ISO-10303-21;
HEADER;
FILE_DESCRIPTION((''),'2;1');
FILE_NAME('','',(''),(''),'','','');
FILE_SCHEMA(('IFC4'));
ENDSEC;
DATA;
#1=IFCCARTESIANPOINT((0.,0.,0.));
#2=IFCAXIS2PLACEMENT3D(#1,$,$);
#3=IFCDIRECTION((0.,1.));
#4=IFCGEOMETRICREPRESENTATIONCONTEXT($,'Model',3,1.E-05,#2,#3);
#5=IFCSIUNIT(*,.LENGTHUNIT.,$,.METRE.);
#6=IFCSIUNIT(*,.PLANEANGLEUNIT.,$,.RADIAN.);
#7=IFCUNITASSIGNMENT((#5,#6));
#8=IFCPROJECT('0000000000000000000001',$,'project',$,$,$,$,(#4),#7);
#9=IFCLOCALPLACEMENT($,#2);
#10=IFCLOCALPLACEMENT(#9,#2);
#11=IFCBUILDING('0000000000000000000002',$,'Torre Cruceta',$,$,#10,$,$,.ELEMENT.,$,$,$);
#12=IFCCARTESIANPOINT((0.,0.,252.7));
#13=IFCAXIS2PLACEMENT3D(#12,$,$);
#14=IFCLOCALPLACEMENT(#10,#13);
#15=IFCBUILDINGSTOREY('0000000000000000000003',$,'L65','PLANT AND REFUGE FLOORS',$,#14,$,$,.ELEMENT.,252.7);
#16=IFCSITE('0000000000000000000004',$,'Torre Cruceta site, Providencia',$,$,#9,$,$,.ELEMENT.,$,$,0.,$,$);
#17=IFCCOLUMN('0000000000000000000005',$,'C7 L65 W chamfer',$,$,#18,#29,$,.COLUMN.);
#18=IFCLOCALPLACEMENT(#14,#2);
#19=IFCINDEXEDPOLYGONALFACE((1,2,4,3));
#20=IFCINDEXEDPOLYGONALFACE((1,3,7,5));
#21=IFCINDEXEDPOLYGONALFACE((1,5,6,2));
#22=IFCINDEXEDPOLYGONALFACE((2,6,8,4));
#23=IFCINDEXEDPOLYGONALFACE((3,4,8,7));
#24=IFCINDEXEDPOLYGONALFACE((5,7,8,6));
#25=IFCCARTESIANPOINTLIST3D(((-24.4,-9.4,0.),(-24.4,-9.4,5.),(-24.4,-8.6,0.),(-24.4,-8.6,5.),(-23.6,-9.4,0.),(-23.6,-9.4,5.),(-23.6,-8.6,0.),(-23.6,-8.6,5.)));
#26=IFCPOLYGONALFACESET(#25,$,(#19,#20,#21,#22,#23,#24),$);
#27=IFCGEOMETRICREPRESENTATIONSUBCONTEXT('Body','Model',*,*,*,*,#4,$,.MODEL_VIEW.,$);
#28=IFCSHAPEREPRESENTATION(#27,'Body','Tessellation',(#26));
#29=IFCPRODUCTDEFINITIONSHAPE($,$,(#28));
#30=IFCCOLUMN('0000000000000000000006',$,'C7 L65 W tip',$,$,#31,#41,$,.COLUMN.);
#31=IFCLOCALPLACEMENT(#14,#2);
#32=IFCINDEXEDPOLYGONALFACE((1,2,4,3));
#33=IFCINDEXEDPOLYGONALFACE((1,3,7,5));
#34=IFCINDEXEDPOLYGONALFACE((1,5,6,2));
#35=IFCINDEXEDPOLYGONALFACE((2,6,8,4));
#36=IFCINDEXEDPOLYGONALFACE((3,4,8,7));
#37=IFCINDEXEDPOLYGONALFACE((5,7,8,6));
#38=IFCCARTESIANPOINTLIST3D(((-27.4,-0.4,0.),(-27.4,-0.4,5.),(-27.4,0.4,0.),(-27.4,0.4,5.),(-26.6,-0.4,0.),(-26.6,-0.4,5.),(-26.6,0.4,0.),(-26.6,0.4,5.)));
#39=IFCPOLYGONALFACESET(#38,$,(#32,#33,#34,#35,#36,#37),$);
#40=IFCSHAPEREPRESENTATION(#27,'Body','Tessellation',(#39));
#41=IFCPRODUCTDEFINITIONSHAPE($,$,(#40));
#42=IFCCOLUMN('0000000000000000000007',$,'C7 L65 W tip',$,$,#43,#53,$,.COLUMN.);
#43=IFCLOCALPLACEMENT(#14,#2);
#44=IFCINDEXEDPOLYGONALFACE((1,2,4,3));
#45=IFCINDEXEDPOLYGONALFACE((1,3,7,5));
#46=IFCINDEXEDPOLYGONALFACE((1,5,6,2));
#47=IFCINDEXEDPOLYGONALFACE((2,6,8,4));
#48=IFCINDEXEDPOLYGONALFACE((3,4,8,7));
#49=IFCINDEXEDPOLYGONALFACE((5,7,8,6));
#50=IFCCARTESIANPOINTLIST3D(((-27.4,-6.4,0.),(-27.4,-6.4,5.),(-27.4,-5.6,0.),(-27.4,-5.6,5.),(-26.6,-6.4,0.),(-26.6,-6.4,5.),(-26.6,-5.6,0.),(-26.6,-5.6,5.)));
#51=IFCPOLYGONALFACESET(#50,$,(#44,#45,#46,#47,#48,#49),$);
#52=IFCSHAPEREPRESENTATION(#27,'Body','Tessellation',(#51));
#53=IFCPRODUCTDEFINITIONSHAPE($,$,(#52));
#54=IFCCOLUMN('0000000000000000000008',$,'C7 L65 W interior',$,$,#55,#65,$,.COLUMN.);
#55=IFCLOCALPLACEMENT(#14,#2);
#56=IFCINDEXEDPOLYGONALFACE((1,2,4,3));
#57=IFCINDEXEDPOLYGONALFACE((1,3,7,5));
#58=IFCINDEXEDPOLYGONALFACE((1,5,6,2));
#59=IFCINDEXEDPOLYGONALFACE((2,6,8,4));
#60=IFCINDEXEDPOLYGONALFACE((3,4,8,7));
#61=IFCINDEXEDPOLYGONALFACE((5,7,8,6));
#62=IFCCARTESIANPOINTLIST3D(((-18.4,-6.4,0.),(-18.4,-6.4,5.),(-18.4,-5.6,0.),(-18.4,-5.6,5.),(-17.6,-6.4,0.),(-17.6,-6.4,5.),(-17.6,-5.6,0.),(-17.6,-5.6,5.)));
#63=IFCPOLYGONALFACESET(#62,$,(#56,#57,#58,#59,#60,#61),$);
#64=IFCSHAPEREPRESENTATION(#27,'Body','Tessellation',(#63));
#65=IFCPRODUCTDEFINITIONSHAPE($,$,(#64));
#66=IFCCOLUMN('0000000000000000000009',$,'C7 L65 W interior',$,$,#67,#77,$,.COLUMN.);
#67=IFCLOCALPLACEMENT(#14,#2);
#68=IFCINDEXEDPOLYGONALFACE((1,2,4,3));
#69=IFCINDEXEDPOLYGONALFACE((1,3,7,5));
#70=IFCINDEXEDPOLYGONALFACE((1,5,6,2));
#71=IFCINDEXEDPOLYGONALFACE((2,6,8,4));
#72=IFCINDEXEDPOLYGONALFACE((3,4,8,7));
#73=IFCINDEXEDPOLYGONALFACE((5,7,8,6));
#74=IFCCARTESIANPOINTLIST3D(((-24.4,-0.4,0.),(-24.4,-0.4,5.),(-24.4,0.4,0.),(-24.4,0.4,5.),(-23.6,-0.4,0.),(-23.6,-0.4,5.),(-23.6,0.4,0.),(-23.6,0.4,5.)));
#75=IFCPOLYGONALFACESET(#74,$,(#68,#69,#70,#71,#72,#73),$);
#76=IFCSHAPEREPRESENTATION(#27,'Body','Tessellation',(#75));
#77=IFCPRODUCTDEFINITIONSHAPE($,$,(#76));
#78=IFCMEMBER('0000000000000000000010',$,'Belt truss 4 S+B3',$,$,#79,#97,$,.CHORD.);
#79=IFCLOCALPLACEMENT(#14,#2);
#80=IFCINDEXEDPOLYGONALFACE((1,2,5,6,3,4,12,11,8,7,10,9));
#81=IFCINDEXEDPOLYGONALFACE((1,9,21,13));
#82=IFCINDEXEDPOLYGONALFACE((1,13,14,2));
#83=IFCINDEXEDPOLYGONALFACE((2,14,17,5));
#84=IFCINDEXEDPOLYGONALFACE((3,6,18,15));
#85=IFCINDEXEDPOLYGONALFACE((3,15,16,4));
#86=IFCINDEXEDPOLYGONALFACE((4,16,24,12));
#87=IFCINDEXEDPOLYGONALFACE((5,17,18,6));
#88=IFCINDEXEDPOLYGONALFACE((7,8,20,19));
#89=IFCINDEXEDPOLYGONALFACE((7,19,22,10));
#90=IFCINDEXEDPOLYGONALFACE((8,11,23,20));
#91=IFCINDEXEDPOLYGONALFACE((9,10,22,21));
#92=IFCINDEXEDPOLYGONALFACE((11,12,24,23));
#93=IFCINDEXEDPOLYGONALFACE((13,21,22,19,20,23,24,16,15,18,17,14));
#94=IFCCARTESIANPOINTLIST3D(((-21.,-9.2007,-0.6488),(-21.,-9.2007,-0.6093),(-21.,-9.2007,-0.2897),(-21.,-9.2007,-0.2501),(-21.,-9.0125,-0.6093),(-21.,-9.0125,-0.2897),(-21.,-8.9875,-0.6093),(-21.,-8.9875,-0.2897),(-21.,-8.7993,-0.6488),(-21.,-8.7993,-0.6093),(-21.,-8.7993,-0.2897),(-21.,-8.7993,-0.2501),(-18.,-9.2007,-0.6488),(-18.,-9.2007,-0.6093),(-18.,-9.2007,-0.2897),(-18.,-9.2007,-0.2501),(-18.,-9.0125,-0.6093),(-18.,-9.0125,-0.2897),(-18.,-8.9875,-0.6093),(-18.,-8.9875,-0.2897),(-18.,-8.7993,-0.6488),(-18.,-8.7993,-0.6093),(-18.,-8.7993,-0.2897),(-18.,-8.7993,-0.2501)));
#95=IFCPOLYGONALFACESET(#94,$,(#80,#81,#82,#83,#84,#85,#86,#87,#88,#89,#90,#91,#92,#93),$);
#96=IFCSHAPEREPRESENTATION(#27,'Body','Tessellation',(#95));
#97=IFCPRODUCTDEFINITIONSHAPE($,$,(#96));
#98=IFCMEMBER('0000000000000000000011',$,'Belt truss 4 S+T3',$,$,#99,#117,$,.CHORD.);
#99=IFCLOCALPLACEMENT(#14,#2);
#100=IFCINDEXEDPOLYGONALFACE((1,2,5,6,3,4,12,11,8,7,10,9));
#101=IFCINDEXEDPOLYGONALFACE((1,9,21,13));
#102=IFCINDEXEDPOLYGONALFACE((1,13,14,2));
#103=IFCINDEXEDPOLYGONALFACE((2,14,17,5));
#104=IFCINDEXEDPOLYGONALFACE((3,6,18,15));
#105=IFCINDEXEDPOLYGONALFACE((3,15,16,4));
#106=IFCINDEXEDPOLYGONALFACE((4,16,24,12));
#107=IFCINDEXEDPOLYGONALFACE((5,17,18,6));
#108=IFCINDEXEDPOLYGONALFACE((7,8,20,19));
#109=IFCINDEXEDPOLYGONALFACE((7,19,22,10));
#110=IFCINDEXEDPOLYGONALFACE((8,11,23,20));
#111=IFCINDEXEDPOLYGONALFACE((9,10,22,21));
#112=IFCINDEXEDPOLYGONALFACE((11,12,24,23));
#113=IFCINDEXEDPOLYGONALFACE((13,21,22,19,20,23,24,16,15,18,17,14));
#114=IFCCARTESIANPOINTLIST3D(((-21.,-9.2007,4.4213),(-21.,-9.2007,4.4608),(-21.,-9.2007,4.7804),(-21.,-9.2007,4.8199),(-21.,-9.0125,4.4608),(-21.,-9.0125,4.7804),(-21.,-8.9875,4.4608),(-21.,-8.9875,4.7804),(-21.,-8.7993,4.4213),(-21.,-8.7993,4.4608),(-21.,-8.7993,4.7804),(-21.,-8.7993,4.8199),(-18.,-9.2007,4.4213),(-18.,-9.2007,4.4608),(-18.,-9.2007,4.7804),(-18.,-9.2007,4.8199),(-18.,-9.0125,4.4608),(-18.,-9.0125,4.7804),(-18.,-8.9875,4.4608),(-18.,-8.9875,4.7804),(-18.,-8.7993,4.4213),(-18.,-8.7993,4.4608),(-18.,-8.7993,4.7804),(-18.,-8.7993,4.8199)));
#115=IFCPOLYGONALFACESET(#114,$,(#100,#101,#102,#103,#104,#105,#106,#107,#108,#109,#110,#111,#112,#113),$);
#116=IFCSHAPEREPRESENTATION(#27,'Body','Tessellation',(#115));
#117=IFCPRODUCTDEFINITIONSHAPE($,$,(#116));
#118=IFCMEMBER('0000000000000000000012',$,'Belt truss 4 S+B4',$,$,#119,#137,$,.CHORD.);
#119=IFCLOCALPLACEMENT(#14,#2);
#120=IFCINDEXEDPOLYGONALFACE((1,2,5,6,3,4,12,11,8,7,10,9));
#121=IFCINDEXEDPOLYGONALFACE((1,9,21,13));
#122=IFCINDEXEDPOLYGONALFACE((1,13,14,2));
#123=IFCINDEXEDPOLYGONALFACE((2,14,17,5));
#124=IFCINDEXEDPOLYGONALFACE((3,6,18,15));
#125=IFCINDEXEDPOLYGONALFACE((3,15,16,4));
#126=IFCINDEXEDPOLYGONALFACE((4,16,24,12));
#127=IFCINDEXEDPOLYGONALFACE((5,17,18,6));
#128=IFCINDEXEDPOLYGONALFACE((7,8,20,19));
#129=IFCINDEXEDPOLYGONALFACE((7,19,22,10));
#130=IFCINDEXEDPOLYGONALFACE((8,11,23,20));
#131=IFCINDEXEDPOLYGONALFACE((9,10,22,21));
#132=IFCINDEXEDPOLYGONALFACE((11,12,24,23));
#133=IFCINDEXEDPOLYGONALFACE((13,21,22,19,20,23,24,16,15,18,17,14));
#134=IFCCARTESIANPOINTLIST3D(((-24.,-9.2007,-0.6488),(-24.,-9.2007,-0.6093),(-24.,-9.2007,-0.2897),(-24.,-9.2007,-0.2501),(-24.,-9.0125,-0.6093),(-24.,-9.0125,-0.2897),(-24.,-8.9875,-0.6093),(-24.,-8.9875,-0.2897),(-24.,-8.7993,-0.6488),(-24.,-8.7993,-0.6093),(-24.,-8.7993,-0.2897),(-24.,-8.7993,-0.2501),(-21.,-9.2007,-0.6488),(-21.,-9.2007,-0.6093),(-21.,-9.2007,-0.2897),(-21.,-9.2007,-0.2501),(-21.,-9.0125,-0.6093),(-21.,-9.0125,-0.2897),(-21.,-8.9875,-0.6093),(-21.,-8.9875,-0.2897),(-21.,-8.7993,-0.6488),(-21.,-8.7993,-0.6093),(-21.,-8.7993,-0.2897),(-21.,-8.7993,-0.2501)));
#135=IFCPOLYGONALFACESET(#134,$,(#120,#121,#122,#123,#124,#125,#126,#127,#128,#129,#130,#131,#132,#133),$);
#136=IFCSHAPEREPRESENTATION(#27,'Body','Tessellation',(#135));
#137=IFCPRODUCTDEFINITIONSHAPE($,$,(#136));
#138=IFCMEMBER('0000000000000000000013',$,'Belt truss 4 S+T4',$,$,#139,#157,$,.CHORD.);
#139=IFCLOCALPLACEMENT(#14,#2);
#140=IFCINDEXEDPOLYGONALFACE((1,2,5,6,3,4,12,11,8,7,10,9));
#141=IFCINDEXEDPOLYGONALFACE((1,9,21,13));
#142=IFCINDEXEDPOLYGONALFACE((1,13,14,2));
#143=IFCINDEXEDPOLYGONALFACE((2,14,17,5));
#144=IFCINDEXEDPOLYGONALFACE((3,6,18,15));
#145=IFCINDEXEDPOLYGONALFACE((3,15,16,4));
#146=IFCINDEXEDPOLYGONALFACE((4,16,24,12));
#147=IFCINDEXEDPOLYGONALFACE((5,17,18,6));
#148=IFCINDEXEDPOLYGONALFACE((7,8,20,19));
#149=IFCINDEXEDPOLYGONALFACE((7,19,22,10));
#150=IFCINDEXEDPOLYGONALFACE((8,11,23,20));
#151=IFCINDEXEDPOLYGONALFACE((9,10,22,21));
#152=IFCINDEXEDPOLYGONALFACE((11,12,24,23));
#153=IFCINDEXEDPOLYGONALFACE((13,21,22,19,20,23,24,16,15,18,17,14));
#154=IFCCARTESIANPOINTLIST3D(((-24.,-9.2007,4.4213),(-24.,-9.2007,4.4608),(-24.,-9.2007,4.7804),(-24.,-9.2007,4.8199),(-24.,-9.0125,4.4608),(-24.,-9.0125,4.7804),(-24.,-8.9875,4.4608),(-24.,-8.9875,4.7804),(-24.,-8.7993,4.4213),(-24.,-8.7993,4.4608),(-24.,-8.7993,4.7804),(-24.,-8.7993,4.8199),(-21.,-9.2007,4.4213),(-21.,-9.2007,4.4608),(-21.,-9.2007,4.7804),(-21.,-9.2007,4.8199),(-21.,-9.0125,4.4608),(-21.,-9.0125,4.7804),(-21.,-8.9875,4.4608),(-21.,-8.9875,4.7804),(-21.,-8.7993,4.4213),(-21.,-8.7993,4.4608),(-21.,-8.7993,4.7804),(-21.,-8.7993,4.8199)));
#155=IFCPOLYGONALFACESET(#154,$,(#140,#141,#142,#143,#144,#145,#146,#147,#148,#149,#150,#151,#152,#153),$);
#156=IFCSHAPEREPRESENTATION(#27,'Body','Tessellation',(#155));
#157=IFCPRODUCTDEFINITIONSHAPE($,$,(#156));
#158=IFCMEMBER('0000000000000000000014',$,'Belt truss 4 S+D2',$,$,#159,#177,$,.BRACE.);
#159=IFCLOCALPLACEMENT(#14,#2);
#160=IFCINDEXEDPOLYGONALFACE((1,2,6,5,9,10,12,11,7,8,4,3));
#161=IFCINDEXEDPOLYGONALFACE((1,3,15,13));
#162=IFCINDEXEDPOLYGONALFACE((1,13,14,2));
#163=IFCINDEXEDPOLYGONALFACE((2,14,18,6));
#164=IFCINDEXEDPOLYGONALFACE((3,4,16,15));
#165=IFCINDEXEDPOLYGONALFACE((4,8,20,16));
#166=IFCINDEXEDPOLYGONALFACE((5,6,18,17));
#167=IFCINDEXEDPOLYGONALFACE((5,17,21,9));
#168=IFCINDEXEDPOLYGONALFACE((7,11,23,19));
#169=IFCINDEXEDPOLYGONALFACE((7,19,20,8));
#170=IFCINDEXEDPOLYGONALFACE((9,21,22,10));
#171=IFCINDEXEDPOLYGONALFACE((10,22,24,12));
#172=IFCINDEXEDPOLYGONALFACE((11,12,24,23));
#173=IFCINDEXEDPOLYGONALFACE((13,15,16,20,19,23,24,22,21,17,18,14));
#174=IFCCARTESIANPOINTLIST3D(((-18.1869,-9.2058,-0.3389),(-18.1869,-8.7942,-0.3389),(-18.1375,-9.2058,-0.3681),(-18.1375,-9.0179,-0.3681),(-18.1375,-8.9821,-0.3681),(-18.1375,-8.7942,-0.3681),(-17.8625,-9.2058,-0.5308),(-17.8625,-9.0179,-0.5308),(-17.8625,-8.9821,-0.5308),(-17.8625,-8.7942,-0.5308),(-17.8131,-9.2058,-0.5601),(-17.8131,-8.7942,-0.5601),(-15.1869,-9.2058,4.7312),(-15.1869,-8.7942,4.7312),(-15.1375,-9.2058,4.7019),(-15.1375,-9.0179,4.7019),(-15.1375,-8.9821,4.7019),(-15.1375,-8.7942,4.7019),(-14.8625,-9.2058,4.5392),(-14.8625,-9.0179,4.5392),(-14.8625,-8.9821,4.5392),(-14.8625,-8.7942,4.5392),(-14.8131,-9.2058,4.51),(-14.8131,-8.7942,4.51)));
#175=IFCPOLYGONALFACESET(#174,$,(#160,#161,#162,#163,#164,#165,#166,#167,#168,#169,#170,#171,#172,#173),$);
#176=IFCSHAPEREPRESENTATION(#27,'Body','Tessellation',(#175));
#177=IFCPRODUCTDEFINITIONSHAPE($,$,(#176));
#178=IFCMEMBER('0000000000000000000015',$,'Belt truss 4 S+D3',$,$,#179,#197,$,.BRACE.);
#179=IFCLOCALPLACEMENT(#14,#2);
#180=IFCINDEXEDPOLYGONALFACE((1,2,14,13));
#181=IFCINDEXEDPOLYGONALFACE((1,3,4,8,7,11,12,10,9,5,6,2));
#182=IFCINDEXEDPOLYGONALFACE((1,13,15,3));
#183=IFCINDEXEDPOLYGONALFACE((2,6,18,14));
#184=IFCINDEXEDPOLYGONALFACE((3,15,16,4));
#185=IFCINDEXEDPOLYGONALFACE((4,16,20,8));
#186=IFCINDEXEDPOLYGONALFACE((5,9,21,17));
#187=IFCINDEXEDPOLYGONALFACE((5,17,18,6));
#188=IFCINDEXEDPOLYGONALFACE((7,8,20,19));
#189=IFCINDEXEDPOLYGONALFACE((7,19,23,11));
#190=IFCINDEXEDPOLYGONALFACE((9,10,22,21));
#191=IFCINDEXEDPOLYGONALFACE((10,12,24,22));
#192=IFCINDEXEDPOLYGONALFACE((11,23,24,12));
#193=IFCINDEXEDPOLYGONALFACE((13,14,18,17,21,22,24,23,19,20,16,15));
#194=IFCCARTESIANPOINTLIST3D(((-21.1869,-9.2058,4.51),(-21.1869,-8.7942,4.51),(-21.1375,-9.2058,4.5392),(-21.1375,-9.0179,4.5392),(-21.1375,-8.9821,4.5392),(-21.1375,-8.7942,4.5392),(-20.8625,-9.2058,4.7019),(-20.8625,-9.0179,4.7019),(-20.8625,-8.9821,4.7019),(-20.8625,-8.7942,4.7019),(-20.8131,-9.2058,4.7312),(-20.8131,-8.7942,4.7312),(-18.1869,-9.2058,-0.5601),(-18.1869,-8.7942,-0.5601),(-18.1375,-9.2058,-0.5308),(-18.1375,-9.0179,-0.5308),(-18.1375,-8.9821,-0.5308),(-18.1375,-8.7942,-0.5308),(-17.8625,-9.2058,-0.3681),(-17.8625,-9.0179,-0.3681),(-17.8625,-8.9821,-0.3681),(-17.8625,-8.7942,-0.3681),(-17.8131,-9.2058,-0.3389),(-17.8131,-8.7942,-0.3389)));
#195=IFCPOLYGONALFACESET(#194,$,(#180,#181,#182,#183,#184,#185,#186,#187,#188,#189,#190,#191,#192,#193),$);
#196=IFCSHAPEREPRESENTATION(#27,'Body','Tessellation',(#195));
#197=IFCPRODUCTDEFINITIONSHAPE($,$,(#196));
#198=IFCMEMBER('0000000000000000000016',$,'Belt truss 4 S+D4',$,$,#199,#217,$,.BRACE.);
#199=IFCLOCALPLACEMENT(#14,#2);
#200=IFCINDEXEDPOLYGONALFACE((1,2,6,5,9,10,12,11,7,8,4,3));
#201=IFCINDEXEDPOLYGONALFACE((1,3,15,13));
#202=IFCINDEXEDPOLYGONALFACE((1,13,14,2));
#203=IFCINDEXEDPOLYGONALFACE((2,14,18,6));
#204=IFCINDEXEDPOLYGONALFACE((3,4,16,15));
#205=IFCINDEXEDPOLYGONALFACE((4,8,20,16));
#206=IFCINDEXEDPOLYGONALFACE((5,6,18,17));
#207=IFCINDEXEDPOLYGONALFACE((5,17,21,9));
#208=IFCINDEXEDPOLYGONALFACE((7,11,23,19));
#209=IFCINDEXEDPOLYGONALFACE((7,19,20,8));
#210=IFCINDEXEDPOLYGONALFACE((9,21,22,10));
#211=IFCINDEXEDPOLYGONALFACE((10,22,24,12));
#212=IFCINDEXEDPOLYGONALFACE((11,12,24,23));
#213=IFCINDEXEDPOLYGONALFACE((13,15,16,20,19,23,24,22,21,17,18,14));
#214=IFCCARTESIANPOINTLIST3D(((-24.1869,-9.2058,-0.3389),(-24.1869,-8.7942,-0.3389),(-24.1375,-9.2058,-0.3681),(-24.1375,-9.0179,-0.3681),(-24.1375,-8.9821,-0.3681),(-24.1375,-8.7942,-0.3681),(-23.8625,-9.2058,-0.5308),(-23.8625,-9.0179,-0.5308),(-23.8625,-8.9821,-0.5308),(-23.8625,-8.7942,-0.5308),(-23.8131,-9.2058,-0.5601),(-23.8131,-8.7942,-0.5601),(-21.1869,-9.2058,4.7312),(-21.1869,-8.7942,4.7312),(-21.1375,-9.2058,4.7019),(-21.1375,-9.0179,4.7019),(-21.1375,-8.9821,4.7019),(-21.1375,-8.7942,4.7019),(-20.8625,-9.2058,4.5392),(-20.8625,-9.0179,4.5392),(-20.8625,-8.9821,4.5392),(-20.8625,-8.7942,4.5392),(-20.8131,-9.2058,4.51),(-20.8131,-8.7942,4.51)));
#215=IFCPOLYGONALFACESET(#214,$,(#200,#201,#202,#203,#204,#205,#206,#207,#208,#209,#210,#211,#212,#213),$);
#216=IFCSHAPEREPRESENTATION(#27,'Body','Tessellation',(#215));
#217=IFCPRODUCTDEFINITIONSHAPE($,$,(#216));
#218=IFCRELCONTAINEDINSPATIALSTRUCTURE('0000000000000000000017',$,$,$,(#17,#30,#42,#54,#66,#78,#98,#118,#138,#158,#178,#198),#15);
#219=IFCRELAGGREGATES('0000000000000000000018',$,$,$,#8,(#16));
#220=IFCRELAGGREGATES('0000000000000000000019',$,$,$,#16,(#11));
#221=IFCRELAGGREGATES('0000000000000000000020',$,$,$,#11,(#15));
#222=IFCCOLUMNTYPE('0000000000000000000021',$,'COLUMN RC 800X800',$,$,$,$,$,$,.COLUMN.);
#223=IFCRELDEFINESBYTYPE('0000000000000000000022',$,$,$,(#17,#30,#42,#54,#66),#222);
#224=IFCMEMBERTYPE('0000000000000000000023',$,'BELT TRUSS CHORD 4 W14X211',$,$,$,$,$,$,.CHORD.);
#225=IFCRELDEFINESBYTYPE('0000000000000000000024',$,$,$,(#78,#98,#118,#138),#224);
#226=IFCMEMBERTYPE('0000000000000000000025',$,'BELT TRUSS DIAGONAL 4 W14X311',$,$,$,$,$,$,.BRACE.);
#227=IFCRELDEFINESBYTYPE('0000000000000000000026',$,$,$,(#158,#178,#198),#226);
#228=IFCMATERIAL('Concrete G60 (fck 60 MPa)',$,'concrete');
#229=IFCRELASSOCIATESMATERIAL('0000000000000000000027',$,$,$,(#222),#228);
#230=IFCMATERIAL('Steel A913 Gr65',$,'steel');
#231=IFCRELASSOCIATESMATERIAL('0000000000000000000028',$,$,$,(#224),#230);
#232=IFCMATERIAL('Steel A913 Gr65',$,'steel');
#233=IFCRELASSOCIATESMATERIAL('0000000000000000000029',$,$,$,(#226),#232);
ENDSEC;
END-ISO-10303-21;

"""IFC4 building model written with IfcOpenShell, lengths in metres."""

from ifc_helpers import new_model, si_unit, direction, frame, origin, origin_2d, place, context, subcontext, project, spatial, rectangle, i_section, extrude, material, material_profile, profile_set, type_object, element, save


model = new_model("IFC4")

# Units and contexts
model_context = context("Model", 3, precision=1e-05, world=origin(), true_north=direction((0.0, 1.0)))
body_context = subcontext(model_context, "Body", "Model", "MODEL_VIEW")
ifc_project = project(units=[si_unit("LENGTHUNIT", "METRE"), si_unit("PLANEANGLEUNIT", "RADIAN")], contexts=[model_context])

# Site, building, storey
site_placement = place(None, origin())
site = spatial("IfcSite", under=ifc_project, at=site_placement, Name="Torre Cruceta site, Providencia", CompositionType="ELEMENT", RefElevation=0.0)
building_placement = place(site_placement, origin())
building = spatial("IfcBuilding", under=site, at=building_placement, Name="Torre Cruceta", CompositionType="ELEMENT")
storey_placement = place(building_placement, frame((0.0, 0.0, 252.7)))
storey = spatial("IfcBuildingStorey", under=building, at=storey_placement, Name="L65", Description="PLANT AND REFUGE FLOORS", CompositionType="ELEMENT", Elevation=252.7)

# Columns
ifc_material_1 = material(Name="Concrete G60 (fck 60 MPa)", Category="concrete")
ifc_material_profile_1 = material_profile(ifc_material_1, rectangle(XDim=0.8, YDim=0.8, at=origin_2d()), Name="RC 800X800")
ifc_profile_set_1 = profile_set([ifc_material_profile_1], Name="Concrete G60 (fck 60 MPa)")
column_type = type_object("IfcColumnType", Name="COLUMN RC 800X800", PredefinedType="COLUMN", material=ifc_profile_set_1)
for number, where, z_axis, x_axis, name in (
    (1, (-24.0, -9.0, 0.0), (0.0, 0.0, 1.0), (1.0, 0.0, 0.0), "C7 L65 W chamfer"),
    (2, (-27.0, 0.0, 0.0), (0.0, 0.0, 1.0), (1.0, 0.0, 0.0), "C7 L65 W tip"),
    (3, (-27.0, -6.0, 0.0), (0.0, 0.0, 1.0), (1.0, 0.0, 0.0), "C7 L65 W tip"),
    (4, (-18.0, -6.0, 0.0), (0.0, 0.0, 1.0), (1.0, 0.0, 0.0), "C7 L65 W interior"),
    (5, (-24.0, 0.0, 0.0), (0.0, 0.0, 1.0), (1.0, 0.0, 0.0), "C7 L65 W interior"),
):
    element("IfcColumn", number, at=place(storey_placement, frame(where, z_axis=z_axis, x_axis=x_axis)), inside=storey, type_object=column_type, Name=name, PredefinedType="COLUMN", context=body_context, shape_type="SweptSolid", body=[
        extrude(rectangle(XDim=0.8, YDim=0.8, at=origin_2d()), origin(), (0.0, 0.0, 1.0), 5.0),
    ])

# Members
ifc_material_2 = material(Name="Steel A913 Gr65", Category="steel")
ifc_material_profile_2 = material_profile(ifc_material_2, i_section(OverallWidth=0.4014, OverallDepth=0.3987, WebThickness=0.0249, FlangeThickness=0.0396, at=origin_2d()), Name="W14X211")
ifc_profile_set_2 = profile_set([ifc_material_profile_2], Name="Steel A913 Gr65")
member_type_1 = type_object("IfcMemberType", Name="BELT TRUSS CHORD 4 W14X211", PredefinedType="CHORD", material=ifc_profile_set_2)
for number, where, z_axis, x_axis, name in (
    (6, (-18.0, -9.0, -0.4495), (-1.0, 0.0, 0.0), (0.0, -1.0, 0.0), "Belt truss 4 S+B3"),
    (7, (-18.0, -9.0, 4.6206), (-1.0, 0.0, 0.0), (0.0, -1.0, 0.0), "Belt truss 4 S+T3"),
    (8, (-21.0, -9.0, -0.4495), (-1.0, 0.0, 0.0), (0.0, -1.0, 0.0), "Belt truss 4 S+B4"),
    (9, (-21.0, -9.0, 4.6206), (-1.0, 0.0, 0.0), (0.0, -1.0, 0.0), "Belt truss 4 S+T4"),
):
    element("IfcMember", number, at=place(storey_placement, frame(where, z_axis=z_axis, x_axis=x_axis)), inside=storey, type_object=member_type_1, Name=name, PredefinedType="CHORD", context=body_context, shape_type="SweptSolid", body=[
        extrude(i_section(OverallWidth=0.4014, OverallDepth=0.3987, WebThickness=0.0249, FlangeThickness=0.0396, at=origin_2d()), origin(), (0.0, 0.0, 1.0), 3.0),
    ])
ifc_material_3 = material(Name="Steel A913 Gr65", Category="steel")
ifc_material_profile_3 = material_profile(ifc_material_3, i_section(OverallWidth=0.4116, OverallDepth=0.4343, WebThickness=0.0359, FlangeThickness=0.0574, at=origin_2d()), Name="W14X311")
ifc_profile_set_3 = profile_set([ifc_material_profile_3], Name="Steel A913 Gr65")
member_type_2 = type_object("IfcMemberType", Name="BELT TRUSS DIAGONAL 4 W14X311", PredefinedType="BRACE", material=ifc_profile_set_3)
for number, where, z_axis, x_axis, name in (
    (10, (-18.0, -9.0, -0.4495), (0.509239, 0.0, 0.860625), (0.0, 1.0, 0.0), "Belt truss 4 S+D2"),
    (11, (-18.0, -9.0, -0.4495), (-0.509239, 0.0, 0.860625), (0.0, -1.0, 0.0), "Belt truss 4 S+D3"),
    (12, (-24.0, -9.0, -0.4495), (0.509239, 0.0, 0.860625), (0.0, 1.0, 0.0), "Belt truss 4 S+D4"),
):
    element("IfcMember", number, at=place(storey_placement, frame(where, z_axis=z_axis, x_axis=x_axis)), inside=storey, type_object=member_type_2, Name=name, PredefinedType="BRACE", context=body_context, shape_type="SweptSolid", body=[
        extrude(i_section(OverallWidth=0.4116, OverallDepth=0.4343, WebThickness=0.0359, FlangeThickness=0.0574, at=origin_2d()), origin(), (0.0, 0.0, 1.0), 5.8911),
    ])

save(model, "model.ifc")
